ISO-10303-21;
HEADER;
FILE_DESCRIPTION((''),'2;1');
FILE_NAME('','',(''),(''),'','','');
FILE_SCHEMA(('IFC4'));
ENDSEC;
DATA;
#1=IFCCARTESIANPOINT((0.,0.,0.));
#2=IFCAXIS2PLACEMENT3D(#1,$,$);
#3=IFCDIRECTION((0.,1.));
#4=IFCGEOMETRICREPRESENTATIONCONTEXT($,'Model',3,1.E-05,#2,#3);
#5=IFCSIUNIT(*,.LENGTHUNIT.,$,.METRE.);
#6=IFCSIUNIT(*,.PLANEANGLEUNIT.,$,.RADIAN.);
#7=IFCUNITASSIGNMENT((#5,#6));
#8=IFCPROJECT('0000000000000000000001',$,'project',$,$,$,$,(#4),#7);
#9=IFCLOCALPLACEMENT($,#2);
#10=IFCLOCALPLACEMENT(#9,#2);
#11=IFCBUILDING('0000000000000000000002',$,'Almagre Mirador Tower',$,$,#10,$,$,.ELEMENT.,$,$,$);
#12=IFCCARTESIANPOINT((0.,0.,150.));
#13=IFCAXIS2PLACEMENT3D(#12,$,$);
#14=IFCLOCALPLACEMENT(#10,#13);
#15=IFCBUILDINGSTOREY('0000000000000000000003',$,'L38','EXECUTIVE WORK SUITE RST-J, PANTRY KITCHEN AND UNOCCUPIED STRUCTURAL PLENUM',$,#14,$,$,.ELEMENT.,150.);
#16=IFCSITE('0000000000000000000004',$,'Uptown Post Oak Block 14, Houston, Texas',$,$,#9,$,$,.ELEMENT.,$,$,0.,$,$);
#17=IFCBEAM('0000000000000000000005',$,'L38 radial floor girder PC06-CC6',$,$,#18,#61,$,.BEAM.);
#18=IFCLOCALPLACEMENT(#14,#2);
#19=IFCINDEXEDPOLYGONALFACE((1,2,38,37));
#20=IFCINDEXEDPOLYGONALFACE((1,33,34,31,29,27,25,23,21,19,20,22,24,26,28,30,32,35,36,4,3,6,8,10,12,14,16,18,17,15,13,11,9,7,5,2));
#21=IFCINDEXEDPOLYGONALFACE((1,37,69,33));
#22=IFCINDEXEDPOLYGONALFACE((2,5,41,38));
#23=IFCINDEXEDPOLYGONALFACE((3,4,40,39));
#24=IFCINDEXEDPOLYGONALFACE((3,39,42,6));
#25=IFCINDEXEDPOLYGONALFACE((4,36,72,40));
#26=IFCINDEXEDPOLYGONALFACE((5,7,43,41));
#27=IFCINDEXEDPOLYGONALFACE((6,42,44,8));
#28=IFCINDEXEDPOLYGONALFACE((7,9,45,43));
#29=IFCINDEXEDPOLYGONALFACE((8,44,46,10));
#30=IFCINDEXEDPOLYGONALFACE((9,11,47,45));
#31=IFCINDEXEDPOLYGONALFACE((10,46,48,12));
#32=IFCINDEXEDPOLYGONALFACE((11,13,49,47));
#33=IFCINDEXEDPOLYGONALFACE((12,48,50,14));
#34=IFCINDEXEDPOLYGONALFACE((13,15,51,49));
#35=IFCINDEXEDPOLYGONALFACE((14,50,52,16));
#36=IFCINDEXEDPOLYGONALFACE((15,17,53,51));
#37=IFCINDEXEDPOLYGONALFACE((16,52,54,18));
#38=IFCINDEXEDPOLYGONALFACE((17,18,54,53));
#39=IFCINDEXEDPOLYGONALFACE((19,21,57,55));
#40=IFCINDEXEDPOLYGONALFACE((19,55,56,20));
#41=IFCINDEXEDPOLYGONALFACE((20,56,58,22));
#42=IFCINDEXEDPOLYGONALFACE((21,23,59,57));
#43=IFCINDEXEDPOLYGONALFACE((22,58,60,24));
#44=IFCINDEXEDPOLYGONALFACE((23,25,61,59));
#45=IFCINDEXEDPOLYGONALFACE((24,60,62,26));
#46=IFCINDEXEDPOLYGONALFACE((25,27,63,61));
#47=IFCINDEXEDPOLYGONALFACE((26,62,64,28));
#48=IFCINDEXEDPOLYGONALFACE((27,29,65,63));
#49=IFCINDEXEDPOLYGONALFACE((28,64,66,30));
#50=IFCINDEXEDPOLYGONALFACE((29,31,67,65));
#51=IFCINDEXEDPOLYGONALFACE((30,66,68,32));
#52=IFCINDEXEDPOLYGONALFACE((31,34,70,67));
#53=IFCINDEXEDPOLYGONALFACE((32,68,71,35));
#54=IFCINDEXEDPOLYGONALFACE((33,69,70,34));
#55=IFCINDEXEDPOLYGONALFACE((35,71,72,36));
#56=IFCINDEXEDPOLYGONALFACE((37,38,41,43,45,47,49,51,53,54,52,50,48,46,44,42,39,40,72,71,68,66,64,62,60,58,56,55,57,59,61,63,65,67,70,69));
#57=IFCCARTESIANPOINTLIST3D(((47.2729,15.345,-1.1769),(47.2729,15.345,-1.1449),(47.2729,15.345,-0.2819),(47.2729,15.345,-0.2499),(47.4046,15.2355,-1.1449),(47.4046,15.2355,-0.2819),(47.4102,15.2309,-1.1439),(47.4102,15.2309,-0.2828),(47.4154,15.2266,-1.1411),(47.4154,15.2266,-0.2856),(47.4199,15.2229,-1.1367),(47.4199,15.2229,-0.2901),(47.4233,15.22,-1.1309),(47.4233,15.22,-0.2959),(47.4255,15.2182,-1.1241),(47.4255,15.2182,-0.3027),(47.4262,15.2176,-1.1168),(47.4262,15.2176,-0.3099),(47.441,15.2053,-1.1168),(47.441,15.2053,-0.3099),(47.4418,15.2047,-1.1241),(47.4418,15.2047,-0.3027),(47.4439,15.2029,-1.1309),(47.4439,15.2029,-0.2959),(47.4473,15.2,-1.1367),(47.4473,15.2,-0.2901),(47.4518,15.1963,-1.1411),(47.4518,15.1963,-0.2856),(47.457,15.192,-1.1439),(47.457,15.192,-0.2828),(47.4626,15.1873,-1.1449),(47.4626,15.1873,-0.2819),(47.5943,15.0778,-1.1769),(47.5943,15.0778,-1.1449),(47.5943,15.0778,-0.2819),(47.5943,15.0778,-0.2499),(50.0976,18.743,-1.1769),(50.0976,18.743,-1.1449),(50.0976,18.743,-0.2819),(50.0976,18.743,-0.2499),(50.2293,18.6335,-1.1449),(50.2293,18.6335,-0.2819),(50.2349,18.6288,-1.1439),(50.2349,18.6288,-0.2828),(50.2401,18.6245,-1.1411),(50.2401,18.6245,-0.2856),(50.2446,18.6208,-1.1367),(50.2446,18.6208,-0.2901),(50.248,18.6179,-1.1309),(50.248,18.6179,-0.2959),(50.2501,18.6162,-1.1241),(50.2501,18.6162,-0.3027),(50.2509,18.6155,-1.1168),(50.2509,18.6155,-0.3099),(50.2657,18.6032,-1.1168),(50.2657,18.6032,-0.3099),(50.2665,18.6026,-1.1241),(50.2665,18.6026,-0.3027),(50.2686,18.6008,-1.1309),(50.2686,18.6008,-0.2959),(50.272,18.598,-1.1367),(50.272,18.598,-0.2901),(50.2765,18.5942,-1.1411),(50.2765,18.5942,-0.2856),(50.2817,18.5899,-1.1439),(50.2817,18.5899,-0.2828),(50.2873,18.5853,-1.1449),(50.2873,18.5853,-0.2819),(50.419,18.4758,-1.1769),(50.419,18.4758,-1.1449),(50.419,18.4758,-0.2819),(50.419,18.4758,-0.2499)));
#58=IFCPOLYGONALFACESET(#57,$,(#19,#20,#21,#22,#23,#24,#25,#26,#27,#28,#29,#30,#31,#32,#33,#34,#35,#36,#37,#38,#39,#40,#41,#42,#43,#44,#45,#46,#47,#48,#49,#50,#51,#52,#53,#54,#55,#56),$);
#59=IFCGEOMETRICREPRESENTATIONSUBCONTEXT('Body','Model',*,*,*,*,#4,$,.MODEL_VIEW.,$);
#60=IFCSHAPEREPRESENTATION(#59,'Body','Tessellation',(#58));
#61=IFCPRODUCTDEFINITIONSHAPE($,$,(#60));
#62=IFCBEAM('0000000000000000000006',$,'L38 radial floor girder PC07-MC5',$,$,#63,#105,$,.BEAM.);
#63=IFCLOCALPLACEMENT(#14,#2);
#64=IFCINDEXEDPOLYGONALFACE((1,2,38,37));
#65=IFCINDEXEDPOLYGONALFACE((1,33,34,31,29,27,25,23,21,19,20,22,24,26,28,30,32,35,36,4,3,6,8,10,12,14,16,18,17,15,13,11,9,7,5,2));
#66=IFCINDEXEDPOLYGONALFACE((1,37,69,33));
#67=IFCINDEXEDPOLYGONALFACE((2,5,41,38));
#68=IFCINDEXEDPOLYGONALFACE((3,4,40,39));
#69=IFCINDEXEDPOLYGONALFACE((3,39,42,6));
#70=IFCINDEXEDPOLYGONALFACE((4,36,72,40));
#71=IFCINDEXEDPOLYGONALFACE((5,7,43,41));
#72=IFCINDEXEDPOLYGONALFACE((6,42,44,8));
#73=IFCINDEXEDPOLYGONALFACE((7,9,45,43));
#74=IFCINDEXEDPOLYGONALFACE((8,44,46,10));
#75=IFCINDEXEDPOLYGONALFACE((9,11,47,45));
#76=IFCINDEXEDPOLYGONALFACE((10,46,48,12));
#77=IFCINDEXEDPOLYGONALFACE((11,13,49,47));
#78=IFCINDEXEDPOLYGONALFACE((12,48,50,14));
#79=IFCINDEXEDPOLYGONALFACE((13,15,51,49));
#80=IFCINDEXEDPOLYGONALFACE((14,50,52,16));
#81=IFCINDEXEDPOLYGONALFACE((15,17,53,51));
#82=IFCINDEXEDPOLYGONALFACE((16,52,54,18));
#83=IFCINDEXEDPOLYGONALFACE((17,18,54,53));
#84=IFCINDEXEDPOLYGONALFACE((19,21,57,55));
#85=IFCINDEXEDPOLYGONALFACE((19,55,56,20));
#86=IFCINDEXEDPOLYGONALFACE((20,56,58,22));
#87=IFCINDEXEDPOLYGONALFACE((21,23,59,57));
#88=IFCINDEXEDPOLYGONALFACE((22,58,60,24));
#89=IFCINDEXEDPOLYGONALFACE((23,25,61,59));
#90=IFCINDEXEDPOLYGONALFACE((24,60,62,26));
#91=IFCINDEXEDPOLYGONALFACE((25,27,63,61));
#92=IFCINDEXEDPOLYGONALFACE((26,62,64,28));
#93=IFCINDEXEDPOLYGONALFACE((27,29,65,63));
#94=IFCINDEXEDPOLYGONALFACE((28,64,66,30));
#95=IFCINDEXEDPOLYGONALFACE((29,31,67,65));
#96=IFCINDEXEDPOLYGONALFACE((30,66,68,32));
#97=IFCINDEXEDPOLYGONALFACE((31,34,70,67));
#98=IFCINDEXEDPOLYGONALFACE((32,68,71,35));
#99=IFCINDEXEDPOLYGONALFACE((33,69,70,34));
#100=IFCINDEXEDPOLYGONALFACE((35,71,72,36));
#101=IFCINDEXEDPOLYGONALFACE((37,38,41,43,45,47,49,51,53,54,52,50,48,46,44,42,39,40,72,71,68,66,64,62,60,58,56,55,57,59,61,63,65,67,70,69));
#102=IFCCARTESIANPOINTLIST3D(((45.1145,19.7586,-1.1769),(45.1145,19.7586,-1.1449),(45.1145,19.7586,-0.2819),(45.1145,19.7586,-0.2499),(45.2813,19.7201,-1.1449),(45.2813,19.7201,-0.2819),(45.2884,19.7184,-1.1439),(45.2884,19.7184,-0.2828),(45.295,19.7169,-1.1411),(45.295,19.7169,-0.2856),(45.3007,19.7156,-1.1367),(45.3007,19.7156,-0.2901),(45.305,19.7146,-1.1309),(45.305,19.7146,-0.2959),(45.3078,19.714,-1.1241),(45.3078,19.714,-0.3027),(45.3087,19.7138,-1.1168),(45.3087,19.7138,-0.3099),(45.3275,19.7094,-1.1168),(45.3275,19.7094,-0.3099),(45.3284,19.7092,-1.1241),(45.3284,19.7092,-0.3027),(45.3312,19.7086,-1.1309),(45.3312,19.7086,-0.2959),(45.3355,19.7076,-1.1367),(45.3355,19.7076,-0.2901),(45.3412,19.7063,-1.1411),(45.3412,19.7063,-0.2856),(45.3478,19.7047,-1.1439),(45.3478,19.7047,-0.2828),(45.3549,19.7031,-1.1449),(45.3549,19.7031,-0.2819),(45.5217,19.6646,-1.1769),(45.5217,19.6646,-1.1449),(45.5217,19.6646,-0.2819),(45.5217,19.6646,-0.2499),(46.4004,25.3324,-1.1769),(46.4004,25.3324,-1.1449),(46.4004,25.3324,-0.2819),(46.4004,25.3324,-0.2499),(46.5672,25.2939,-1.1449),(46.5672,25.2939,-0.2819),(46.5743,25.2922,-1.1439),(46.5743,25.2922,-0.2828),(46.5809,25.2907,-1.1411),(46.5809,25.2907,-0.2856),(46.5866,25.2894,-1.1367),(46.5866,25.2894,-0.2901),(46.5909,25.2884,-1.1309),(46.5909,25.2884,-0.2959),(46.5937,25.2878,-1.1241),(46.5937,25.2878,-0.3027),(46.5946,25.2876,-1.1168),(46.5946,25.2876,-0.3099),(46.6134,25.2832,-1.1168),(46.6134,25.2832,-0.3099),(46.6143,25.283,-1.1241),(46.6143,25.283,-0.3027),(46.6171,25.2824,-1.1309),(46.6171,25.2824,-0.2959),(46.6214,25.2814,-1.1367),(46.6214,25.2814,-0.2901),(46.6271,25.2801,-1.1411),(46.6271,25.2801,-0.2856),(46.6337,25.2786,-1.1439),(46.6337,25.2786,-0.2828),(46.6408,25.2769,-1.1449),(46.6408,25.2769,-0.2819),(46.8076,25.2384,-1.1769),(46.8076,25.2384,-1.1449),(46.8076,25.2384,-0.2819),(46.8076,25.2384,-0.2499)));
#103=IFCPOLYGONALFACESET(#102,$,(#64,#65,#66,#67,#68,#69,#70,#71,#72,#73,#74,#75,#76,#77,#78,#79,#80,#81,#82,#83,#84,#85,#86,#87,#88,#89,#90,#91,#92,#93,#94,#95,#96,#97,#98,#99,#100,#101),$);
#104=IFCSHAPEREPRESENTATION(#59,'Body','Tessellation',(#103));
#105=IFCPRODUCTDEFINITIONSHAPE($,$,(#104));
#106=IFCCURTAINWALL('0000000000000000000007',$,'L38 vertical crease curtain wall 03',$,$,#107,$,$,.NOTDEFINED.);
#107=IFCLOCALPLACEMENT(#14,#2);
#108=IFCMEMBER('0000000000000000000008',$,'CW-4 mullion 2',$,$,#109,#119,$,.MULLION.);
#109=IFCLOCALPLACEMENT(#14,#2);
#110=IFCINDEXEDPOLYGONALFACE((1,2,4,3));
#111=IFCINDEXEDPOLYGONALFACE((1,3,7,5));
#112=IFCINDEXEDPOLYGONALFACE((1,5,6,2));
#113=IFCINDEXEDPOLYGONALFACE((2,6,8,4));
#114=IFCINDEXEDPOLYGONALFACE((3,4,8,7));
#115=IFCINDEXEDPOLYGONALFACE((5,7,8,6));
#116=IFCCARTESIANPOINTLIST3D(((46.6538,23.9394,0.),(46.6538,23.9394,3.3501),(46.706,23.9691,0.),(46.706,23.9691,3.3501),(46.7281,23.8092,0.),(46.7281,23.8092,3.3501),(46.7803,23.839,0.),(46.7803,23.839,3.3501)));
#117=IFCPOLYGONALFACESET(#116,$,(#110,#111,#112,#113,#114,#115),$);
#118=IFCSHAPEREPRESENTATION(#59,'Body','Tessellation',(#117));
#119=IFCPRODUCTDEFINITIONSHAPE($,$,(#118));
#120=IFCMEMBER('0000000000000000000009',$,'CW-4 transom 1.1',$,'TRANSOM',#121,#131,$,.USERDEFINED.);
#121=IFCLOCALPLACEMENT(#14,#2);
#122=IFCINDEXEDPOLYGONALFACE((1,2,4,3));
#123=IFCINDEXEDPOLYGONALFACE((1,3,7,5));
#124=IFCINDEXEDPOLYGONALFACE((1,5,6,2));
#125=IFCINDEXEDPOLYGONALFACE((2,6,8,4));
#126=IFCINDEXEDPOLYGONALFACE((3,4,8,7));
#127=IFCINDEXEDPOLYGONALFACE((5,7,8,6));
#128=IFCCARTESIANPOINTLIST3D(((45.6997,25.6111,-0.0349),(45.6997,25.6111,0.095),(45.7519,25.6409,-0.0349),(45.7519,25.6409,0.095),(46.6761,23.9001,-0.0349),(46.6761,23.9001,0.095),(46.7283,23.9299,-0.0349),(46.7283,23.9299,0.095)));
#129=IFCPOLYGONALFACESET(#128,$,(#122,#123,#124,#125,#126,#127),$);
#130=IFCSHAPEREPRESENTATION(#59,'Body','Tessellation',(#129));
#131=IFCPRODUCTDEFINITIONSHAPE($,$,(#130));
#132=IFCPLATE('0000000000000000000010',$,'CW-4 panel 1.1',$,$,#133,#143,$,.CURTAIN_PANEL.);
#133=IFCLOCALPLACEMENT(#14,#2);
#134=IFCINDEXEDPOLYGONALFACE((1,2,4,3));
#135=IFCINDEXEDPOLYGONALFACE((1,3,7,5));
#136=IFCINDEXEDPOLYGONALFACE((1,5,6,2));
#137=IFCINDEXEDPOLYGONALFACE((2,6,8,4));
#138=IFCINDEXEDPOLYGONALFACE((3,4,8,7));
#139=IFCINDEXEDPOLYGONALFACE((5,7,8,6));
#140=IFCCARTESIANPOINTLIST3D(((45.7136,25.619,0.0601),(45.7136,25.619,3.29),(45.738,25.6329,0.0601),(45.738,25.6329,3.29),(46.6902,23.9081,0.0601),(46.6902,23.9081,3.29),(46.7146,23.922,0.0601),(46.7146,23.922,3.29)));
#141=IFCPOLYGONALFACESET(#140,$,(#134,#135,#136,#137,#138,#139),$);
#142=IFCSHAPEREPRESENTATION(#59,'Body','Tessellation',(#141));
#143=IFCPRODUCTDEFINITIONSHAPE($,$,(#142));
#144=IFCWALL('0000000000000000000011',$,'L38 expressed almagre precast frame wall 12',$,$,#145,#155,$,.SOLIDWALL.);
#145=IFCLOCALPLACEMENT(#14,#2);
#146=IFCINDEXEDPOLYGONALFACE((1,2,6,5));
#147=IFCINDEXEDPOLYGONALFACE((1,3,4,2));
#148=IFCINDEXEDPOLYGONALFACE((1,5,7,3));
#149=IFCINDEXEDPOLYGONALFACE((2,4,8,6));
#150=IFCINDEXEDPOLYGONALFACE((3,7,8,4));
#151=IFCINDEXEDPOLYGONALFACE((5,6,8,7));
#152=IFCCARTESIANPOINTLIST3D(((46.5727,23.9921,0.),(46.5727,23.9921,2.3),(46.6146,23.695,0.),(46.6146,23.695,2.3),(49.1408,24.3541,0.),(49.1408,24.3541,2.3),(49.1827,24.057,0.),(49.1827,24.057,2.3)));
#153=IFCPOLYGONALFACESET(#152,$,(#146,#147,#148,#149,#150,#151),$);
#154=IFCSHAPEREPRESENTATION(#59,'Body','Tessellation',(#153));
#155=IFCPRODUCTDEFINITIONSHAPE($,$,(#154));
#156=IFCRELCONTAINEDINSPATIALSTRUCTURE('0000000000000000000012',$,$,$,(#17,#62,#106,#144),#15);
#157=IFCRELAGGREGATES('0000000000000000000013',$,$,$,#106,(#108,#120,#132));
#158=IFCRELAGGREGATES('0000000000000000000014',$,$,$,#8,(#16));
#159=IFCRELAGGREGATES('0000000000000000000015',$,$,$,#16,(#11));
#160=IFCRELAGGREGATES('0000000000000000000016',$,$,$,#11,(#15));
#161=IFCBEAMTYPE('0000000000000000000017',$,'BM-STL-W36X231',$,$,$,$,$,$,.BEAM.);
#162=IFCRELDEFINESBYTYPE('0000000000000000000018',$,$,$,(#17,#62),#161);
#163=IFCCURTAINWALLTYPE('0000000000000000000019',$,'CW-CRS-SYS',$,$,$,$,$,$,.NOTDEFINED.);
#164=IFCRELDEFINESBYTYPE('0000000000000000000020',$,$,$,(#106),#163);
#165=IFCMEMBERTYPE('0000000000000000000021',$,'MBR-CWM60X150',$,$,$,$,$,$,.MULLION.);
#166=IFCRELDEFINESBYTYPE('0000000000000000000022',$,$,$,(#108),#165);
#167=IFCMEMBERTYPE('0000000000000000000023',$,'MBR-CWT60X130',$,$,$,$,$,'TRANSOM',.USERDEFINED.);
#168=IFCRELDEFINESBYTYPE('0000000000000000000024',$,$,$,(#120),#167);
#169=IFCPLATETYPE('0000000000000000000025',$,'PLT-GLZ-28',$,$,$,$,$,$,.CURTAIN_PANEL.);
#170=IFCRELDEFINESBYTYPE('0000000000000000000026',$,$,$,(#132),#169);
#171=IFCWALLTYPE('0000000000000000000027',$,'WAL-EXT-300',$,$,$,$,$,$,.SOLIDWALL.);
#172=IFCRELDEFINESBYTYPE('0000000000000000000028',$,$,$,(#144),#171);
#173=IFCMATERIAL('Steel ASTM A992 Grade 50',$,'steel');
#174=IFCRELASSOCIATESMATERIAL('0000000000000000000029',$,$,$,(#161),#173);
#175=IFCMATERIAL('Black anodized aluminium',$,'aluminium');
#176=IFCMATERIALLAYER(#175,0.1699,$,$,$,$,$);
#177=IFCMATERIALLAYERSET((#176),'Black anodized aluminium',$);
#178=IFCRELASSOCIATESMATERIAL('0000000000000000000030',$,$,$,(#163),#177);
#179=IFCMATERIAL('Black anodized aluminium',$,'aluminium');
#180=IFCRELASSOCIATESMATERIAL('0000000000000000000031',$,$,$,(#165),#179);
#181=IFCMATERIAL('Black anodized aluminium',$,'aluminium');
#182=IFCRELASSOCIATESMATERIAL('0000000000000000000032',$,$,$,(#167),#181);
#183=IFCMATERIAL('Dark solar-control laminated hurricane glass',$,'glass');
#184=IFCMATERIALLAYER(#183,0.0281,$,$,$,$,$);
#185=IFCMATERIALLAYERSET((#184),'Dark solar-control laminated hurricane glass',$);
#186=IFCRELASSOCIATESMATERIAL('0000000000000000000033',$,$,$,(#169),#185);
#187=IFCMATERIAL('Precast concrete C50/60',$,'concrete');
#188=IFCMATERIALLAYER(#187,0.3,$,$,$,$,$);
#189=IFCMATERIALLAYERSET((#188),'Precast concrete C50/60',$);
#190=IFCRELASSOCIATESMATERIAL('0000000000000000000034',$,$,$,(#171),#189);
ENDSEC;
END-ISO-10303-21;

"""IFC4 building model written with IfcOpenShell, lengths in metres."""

from ifc_helpers import new_model, si_unit, direction, frame, frame_2d, origin, origin_2d, place, context, subcontext, project, spatial, rectangle, i_section, extrude, material, layer, layer_set, material_profile, profile_set, type_object, element, aggregate, save


model = new_model("IFC4")

# Units and contexts
model_context = context("Model", 3, precision=1e-05, world=origin(), true_north=direction((0.0, 1.0)))
body_context = subcontext(model_context, "Body", "Model", "MODEL_VIEW")
ifc_project = project(units=[si_unit("LENGTHUNIT", "METRE"), si_unit("PLANEANGLEUNIT", "RADIAN")], contexts=[model_context])

# Site, building, storey
site_placement = place(None, origin())
site = spatial("IfcSite", under=ifc_project, at=site_placement, Name="Uptown Post Oak Block 14, Houston, Texas", CompositionType="ELEMENT", RefElevation=0.0)
building_placement = place(site_placement, origin())
building = spatial("IfcBuilding", under=site, at=building_placement, Name="Almagre Mirador Tower", CompositionType="ELEMENT")
storey_placement = place(building_placement, frame((0.0, 0.0, 150.0)))
storey = spatial("IfcBuildingStorey", under=building, at=storey_placement, Name="L38", Description="EXECUTIVE WORK SUITE RST-J, PANTRY KITCHEN AND UNOCCUPIED STRUCTURAL PLENUM", CompositionType="ELEMENT", Elevation=150.0)

# Beams
ifc_material_1 = material(Name="Steel ASTM A992 Grade 50", Category="steel")
ifc_material_profile_1 = material_profile(ifc_material_1, i_section(OverallWidth=0.418, OverallDepth=0.927, WebThickness=0.0193, FlangeThickness=0.032, FilletRadius=0.0281, at=origin_2d()), Name="W36X231")
ifc_profile_set_1 = profile_set([ifc_material_profile_1], Name="Steel ASTM A992 Grade 50")
beam_type_1 = type_object("IfcBeamType", Name="BM-STL-W36X231", PredefinedType="BEAM", material=ifc_profile_set_1)
beam_1_placement = place(storey_placement, frame((50.2583, 18.6094, -0.7134), z_axis=(-0.63926, -0.768991, 0.0), x_axis=(0.768991, -0.63926, 0.0)))
element("IfcBeam", 1, at=beam_1_placement, inside=storey, type_object=beam_type_1, Name="L38 radial floor girder PC06-CC6", PredefinedType="BEAM", context=body_context, shape_type="SweptSolid", body=[
    extrude(i_section(OverallWidth=0.418, OverallDepth=0.927, WebThickness=0.0193, FlangeThickness=0.032, FilletRadius=0.0281, at=origin_2d()), origin(), (0.0, 0.0, 1.0), 4.4187),
])
beam_2_placement = place(storey_placement, frame((46.604, 25.2854, -0.7134), z_axis=(-0.2248, -0.974405, 0.0), x_axis=(0.974405, -0.2248, 0.0)))
element("IfcBeam", 2, at=beam_2_placement, inside=storey, type_object=beam_type_1, Name="L38 radial floor girder PC07-MC5", PredefinedType="BEAM", context=body_context, shape_type="SweptSolid", body=[
    extrude(i_section(OverallWidth=0.418, OverallDepth=0.927, WebThickness=0.0193, FlangeThickness=0.032, FilletRadius=0.0281, at=origin_2d()), origin(), (0.0, 0.0, 1.0), 5.7202),
])

# Curtain wall, members, plate
ifc_material_2 = material(Name="Black anodized aluminium", Category="aluminium")
ifc_layer_1 = layer(ifc_material_2, 0.1699)
ifc_layer_set_1 = layer_set([ifc_layer_1], Name="Black anodized aluminium")
curtain_wall_type = type_object("IfcCurtainWallType", Name="CW-CRS-SYS", PredefinedType="NOTDEFINED", material=ifc_layer_set_1)
curtain_wall_placement = place(storey_placement, origin())
curtain_wall = element("IfcCurtainWall", 3, at=curtain_wall_placement, inside=storey, type_object=curtain_wall_type, Name="L38 vertical crease curtain wall 03", PredefinedType="NOTDEFINED")
ifc_material_3 = material(Name="Black anodized aluminium", Category="aluminium")
ifc_material_profile_2 = material_profile(ifc_material_3, rectangle(XDim=0.0601, YDim=0.1499, at=origin_2d()), Name="CWM60X150")
ifc_profile_set_2 = profile_set([ifc_material_profile_2], Name="Black anodized aluminium")
member_type_1 = type_object("IfcMemberType", Name="MBR-CWM60X150", PredefinedType="MULLION", material=ifc_profile_set_2)
member_1_placement = place(storey_placement, frame((46.717, 23.8892, 0.0), z_axis=(0.0, 0.0, 1.0), x_axis=(0.868479, 0.495727, 0.0)))
member_1 = element("IfcMember", 4, at=member_1_placement, type_object=member_type_1, Name="CW-4 mullion 2", PredefinedType="MULLION", context=body_context, shape_type="SweptSolid", body=[
    extrude(rectangle(XDim=0.0601, YDim=0.1499, at=origin_2d()), origin(), (0.0, 0.0, 1.0), 3.3501),
])
ifc_material_4 = material(Name="Black anodized aluminium", Category="aluminium")
ifc_material_profile_3 = material_profile(ifc_material_4, rectangle(XDim=0.0601, YDim=0.1299, at=origin_2d()), Name="CWT60X130")
ifc_profile_set_3 = profile_set([ifc_material_profile_3], Name="Black anodized aluminium")
member_type_2 = type_object("IfcMemberType", Name="MBR-CWT60X130", ElementType="TRANSOM", PredefinedType="USERDEFINED", material=ifc_profile_set_3)
member_2_placement = place(storey_placement, frame((45.7258, 25.626, 0.03), z_axis=(0.495618, -0.86854, 0.0), x_axis=(0.86854, 0.495618, 0.0)))
member_2 = element("IfcMember", 5, at=member_2_placement, type_object=member_type_2, Name="CW-4 transom 1.1", ObjectType="TRANSOM", PredefinedType="USERDEFINED", context=body_context, shape_type="SweptSolid", body=[
    extrude(rectangle(XDim=0.0601, YDim=0.1299, at=origin_2d()), origin(), (0.0, 0.0, 1.0), 1.97),
])
ifc_material_5 = material(Name="Dark solar-control laminated hurricane glass", Category="glass")
ifc_layer_2 = layer(ifc_material_5, 0.0281)
ifc_layer_set_2 = layer_set([ifc_layer_2], Name="Dark solar-control laminated hurricane glass")
plate_type = type_object("IfcPlateType", Name="PLT-GLZ-28", PredefinedType="CURTAIN_PANEL", material=ifc_layer_set_2)
plate_placement = place(storey_placement, frame((46.2141, 24.7705, 0.0601), z_axis=(0.0, 0.0, 1.0), x_axis=(0.495727, -0.868479, 0.0)))
plate = element("IfcPlate", 6, at=plate_placement, type_object=plate_type, Name="CW-4 panel 1.1", PredefinedType="CURTAIN_PANEL", context=body_context, shape_type="SweptSolid", body=[
    extrude(rectangle(XDim=1.97, YDim=0.0281, at=origin_2d()), origin(), (0.0, 0.0, 1.0), 3.23),
])
aggregate(curtain_wall, [member_1, member_2, plate])

# Wall
ifc_material_6 = material(Name="Precast concrete C50/60", Category="concrete")
ifc_layer_3 = layer(ifc_material_6, 0.3)
ifc_layer_set_3 = layer_set([ifc_layer_3], Name="Precast concrete C50/60")
wall_type_1 = type_object("IfcWallType", Name="WAL-EXT-300", PredefinedType="SOLIDWALL", material=ifc_layer_set_3)
wall_1_placement = place(storey_placement, frame((46.5935, 23.8435, 0.0), z_axis=(0.0, 0.0, 1.0), x_axis=(0.990208, 0.139602, 0.0)))
element("IfcWall", 7, at=wall_1_placement, inside=storey, type_object=wall_type_1, Name="L38 expressed almagre precast frame wall 12", PredefinedType="SOLIDWALL", context=body_context, shape_type="SweptSolid", body=[
    extrude(rectangle(XDim=2.5935, YDim=0.3, at=frame_2d((1.2969, 0.0))), origin(), (0.0, 0.0, 1.0), 2.3),
])

save(model, "model.ifc")
